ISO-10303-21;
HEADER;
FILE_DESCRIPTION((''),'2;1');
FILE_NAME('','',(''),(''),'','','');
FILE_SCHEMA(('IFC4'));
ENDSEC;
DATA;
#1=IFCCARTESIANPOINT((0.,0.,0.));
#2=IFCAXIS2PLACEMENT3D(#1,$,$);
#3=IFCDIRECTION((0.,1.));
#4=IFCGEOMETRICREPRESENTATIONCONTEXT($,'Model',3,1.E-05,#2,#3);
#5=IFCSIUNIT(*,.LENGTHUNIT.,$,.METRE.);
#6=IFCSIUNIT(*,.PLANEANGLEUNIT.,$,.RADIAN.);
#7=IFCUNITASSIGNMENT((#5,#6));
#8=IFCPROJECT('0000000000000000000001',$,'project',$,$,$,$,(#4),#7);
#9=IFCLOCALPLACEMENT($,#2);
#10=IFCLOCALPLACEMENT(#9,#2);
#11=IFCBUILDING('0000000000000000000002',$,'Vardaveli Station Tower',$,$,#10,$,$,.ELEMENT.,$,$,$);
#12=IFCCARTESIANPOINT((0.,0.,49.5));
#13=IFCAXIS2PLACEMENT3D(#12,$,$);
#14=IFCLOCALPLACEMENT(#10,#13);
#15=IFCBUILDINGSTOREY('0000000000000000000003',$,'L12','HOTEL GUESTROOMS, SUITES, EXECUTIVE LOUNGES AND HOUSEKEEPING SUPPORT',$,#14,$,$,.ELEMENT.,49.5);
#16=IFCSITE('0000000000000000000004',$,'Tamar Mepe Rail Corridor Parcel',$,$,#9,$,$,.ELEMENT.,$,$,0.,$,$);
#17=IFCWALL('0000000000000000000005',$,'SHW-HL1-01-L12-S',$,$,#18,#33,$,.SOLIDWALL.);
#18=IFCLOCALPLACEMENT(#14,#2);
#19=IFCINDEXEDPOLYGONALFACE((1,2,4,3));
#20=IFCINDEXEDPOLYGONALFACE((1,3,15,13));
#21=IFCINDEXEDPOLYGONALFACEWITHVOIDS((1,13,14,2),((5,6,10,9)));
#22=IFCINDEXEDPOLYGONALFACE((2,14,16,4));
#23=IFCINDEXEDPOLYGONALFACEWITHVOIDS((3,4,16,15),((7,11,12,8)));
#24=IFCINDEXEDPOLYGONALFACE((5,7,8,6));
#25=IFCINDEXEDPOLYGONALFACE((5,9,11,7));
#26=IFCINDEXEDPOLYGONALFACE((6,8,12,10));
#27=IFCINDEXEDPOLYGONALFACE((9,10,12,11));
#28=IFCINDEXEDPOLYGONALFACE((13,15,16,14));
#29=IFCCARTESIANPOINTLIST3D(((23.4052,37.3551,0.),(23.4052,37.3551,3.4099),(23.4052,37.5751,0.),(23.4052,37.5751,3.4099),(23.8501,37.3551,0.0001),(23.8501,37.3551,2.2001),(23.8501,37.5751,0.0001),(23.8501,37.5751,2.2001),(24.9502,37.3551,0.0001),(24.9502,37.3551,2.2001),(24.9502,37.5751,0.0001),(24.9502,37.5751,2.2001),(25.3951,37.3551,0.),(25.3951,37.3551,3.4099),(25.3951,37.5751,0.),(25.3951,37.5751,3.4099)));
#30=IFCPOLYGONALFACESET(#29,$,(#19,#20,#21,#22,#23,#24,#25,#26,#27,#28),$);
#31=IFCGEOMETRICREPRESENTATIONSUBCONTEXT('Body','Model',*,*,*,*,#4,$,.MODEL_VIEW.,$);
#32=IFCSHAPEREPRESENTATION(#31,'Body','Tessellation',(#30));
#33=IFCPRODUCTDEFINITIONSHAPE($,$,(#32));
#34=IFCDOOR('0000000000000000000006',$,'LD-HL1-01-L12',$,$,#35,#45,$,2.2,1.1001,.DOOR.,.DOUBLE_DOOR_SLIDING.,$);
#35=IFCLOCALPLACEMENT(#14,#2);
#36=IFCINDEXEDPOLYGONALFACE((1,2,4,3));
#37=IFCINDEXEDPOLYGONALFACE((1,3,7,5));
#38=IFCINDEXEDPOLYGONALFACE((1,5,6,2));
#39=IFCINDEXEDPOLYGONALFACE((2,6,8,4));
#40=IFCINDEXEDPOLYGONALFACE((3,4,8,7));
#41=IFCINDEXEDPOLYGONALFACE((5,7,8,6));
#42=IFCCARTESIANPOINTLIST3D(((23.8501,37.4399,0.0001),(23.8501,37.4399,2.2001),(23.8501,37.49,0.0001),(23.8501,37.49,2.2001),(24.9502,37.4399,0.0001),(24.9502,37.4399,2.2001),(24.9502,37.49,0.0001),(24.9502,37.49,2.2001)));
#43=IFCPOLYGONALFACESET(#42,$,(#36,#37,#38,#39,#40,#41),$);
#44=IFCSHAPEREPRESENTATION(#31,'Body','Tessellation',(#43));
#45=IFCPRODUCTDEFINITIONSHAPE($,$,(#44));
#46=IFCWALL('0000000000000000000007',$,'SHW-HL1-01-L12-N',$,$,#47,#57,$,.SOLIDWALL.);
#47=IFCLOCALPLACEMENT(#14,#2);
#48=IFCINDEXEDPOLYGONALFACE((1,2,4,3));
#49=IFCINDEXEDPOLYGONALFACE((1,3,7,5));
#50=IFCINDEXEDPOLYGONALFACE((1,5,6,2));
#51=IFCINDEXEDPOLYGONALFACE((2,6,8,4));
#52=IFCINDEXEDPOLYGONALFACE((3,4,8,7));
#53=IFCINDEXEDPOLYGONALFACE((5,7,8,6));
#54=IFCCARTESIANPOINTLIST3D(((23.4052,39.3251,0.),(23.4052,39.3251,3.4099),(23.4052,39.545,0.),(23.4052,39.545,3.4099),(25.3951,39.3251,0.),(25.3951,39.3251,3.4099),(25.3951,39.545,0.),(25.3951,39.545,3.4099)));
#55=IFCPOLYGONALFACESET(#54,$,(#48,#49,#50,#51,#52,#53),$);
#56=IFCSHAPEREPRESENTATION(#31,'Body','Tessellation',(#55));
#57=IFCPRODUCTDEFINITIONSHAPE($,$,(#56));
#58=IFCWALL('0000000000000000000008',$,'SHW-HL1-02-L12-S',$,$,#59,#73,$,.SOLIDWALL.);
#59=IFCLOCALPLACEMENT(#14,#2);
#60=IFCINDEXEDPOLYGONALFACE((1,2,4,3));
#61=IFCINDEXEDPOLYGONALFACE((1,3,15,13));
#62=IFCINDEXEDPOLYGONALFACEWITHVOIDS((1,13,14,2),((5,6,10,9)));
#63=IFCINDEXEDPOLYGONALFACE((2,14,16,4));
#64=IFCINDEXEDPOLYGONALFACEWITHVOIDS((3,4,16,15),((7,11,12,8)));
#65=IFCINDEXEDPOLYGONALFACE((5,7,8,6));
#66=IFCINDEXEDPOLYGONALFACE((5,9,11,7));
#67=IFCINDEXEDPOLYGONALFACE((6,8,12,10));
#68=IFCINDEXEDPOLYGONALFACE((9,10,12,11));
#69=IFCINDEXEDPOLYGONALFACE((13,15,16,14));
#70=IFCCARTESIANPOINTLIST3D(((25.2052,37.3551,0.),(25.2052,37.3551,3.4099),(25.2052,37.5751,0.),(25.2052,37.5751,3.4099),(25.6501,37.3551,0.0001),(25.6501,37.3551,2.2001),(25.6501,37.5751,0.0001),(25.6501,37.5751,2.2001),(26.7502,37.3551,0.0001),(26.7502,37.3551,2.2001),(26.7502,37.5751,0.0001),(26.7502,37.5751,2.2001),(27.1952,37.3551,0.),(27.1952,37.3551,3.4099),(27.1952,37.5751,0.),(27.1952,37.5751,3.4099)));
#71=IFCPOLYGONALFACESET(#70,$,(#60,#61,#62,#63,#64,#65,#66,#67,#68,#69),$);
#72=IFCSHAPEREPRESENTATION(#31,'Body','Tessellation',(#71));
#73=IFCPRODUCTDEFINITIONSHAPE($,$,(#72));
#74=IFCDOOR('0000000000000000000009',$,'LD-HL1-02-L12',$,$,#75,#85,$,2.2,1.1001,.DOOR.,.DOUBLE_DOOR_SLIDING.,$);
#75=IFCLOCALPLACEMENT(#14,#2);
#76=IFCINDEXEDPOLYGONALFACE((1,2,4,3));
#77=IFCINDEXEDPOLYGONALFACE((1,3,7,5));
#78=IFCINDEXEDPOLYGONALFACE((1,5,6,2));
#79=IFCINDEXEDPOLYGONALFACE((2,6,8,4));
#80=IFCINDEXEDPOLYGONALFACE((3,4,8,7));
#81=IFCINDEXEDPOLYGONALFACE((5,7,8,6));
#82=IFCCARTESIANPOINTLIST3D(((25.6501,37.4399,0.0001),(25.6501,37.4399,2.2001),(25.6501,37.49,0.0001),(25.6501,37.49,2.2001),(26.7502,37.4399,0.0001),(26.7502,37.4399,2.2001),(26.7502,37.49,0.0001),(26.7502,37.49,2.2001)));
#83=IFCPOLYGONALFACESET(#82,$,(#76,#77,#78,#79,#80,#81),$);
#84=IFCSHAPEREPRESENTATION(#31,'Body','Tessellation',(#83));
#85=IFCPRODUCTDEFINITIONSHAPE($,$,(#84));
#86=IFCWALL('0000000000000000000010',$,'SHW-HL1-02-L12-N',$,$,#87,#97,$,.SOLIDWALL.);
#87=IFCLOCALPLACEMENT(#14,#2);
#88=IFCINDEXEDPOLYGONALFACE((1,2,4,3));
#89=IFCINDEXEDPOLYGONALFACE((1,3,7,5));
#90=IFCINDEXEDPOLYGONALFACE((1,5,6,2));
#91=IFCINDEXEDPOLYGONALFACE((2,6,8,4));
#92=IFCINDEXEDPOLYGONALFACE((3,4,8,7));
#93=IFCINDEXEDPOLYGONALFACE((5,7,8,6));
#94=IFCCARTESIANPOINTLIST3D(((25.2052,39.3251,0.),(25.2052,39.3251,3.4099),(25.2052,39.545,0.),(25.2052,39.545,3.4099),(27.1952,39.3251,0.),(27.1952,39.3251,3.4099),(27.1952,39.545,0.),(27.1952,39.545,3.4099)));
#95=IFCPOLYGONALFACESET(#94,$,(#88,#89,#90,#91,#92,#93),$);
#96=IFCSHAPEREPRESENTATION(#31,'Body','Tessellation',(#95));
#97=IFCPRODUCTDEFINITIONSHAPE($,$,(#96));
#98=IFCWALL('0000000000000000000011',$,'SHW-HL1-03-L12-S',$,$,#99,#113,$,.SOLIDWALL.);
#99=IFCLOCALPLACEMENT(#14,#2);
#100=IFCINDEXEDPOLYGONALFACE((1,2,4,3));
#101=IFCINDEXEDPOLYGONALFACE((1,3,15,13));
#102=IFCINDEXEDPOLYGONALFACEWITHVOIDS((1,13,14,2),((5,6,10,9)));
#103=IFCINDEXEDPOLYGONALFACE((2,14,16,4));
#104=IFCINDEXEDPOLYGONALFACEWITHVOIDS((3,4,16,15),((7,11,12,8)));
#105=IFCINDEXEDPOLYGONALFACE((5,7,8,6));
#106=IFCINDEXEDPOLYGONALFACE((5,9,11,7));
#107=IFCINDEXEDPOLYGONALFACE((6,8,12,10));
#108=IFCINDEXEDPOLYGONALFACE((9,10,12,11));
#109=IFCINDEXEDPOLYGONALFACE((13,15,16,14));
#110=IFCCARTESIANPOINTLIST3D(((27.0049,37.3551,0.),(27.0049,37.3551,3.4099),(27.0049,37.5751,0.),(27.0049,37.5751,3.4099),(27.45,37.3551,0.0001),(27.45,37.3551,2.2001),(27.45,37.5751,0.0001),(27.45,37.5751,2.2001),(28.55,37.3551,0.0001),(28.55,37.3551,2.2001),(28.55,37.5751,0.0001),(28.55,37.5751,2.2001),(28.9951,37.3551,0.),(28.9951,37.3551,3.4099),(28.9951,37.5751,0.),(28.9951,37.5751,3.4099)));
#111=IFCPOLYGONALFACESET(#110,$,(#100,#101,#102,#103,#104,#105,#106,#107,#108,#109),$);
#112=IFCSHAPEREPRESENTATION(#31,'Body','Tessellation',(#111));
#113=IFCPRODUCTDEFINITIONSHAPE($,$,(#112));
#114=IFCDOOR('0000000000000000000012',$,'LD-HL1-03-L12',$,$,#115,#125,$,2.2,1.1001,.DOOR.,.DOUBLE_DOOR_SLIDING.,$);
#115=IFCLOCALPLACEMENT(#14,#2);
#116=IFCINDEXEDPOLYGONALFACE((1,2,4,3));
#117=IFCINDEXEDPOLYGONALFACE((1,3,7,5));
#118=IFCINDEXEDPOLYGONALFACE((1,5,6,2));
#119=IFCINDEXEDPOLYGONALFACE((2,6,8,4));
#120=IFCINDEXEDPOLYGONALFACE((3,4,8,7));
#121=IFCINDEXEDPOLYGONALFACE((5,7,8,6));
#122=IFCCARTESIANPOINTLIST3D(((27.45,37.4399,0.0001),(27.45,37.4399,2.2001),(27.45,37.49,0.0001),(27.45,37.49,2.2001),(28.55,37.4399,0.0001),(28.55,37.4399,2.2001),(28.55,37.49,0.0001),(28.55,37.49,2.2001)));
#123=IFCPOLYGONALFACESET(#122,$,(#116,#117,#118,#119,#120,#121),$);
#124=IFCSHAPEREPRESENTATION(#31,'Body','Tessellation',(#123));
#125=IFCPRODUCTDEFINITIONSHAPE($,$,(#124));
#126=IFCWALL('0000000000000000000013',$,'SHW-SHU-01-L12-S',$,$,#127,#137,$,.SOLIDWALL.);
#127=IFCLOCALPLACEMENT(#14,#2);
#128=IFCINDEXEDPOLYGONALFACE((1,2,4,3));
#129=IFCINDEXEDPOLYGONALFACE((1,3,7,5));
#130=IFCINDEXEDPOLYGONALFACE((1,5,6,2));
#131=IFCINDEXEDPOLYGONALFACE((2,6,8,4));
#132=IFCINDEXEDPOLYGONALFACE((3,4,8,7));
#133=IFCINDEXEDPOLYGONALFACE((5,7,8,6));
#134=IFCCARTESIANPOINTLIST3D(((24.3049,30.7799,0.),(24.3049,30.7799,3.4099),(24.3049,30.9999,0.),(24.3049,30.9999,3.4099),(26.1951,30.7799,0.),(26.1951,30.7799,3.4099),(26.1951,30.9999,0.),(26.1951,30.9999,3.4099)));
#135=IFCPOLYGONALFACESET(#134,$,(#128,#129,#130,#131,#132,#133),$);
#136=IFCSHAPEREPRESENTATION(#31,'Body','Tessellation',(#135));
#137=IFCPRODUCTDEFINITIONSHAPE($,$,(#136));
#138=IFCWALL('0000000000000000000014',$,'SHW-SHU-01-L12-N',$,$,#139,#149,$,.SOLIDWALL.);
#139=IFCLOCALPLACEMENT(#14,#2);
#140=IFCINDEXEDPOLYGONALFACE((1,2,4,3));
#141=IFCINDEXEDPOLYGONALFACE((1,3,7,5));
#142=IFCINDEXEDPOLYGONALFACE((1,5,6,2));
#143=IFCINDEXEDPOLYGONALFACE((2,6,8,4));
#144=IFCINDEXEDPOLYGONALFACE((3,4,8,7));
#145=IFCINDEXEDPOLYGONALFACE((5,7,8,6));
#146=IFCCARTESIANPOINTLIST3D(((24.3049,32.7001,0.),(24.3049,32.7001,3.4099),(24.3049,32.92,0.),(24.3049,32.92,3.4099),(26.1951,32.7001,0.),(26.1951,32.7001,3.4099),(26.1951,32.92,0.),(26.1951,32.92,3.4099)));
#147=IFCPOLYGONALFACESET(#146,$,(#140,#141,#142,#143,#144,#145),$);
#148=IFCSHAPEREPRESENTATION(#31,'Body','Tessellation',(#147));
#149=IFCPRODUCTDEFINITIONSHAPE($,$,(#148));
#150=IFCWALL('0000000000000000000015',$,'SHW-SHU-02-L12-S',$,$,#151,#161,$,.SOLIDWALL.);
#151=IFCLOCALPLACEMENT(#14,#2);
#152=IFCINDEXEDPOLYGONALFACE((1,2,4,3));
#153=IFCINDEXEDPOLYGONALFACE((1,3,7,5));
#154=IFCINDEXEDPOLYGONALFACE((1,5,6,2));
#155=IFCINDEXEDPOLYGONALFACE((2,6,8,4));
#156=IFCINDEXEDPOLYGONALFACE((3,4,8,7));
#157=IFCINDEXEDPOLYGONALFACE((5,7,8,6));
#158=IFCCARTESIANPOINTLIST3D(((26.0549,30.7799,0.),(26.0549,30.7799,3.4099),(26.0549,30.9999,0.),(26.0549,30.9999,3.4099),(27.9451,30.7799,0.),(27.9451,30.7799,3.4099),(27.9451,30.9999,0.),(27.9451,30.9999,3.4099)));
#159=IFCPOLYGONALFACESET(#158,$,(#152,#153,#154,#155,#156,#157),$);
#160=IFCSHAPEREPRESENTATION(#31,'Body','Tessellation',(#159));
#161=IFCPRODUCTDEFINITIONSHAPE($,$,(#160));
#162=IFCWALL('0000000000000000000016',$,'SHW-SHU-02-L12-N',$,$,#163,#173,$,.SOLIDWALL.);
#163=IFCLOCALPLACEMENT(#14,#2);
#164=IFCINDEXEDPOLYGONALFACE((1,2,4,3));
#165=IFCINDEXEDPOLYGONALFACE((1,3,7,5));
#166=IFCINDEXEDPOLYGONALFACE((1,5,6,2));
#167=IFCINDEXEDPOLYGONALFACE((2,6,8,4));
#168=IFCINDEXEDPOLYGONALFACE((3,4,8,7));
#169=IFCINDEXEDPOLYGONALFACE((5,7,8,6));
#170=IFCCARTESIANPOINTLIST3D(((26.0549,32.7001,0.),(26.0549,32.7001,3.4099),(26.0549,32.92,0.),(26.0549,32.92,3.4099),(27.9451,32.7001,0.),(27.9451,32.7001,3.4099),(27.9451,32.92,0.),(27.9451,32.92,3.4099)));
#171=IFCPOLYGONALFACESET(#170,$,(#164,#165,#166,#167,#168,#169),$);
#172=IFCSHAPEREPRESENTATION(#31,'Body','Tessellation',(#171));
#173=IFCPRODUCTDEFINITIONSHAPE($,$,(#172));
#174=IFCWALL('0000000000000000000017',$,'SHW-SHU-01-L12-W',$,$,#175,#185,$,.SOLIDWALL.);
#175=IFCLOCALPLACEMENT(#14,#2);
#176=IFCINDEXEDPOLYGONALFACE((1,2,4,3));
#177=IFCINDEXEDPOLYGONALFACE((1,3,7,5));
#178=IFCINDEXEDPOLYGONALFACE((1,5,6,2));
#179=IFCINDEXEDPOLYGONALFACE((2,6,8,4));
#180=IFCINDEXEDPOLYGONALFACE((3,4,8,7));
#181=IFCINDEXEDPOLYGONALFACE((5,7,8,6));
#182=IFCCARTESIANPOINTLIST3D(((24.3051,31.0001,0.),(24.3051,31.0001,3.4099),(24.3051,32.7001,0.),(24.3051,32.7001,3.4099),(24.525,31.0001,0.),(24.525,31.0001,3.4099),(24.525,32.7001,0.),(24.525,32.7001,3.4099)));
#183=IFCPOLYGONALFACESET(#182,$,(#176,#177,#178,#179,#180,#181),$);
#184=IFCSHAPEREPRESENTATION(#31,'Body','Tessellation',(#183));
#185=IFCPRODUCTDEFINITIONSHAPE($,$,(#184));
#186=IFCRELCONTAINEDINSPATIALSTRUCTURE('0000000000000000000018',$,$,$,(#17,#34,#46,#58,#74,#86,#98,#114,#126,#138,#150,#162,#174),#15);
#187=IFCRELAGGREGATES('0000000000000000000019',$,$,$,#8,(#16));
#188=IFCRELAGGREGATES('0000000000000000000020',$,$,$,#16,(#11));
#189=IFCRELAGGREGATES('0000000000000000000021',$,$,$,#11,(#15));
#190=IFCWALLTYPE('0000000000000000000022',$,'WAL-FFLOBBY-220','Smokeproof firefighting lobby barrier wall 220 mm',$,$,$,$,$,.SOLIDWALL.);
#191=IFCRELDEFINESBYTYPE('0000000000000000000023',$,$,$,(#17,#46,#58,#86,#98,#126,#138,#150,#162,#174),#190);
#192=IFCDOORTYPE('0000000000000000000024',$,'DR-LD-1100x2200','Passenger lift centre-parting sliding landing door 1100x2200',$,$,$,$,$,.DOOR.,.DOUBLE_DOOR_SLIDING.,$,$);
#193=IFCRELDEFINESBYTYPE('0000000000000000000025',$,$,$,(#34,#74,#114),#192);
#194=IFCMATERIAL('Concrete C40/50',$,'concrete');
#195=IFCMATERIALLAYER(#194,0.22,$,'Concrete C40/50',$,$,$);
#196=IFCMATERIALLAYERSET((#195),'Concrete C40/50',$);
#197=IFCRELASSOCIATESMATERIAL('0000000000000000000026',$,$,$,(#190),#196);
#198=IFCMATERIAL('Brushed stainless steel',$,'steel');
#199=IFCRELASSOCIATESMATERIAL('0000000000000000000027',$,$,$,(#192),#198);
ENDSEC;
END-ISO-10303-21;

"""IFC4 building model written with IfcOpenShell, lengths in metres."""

from ifc_helpers import new_model, si_unit, direction, frame, frame_2d, origin, place, context, subcontext, project, spatial, rectangle, extrude, source, transform, mapped, material, layer, layer_set, type_object, element, fill, save


model = new_model("IFC4")

# Units and contexts
model_context = context("Model", 3, precision=1e-05, world=origin(), true_north=direction((0.0, 1.0)))
body_context = subcontext(model_context, "Body", "Model", "MODEL_VIEW")
ifc_project = project(units=[si_unit("LENGTHUNIT", "METRE"), si_unit("PLANEANGLEUNIT", "RADIAN")], contexts=[model_context])

# Site, building, storey
site_placement = place(None, origin())
site = spatial("IfcSite", under=ifc_project, at=site_placement, Name="Tamar Mepe Rail Corridor Parcel", CompositionType="ELEMENT", RefElevation=0.0)
building_placement = place(site_placement, origin())
building = spatial("IfcBuilding", under=site, at=building_placement, Name="Vardaveli Station Tower", CompositionType="ELEMENT")
storey_placement = place(building_placement, frame((0.0, 0.0, 49.5)))
storey = spatial("IfcBuildingStorey", under=building, at=storey_placement, Name="L12", Description="HOTEL GUESTROOMS, SUITES, EXECUTIVE LOUNGES AND HOUSEKEEPING SUPPORT", CompositionType="ELEMENT", Elevation=49.5)

# Shared definitions
ifc_material_1 = material(Name="Concrete C40/50", Category="concrete")
ifc_layer_1 = layer(ifc_material_1, 0.22, Name="Concrete C40/50")
ifc_layer_set_1 = layer_set([ifc_layer_1], Name="Concrete C40/50")
wall_type_1 = type_object("IfcWallType", Name="WAL-FFLOBBY-220", Description="Smokeproof firefighting lobby barrier wall 220 mm", PredefinedType="SOLIDWALL", material=ifc_layer_set_1)

# Wall, opening, door
shared_shape_1 = source(origin(), body_context, "Body", "SweptSolid", [
    extrude(rectangle(XDim=1.99, YDim=0.22, at=frame_2d((0.9951, 0.0))), origin(), (0.0, 0.0, 1.0), 3.4099),
])
wall_1_placement = place(storey_placement, frame((23.405, 37.4651, 0.0), z_axis=(0.0, 0.0, 1.0), x_axis=(1.0, 0.0, 0.0)))
wall_1 = element("IfcWall", 1, at=wall_1_placement, inside=storey, type_object=wall_type_1, Name="SHW-HL1-01-L12-S", PredefinedType="SOLIDWALL", context=body_context, shape_type="MappedRepresentation", body=[
    mapped(shared_shape_1, transform((0.0, 0.0, 0.0), scale=1.0)),
])
shared_shape_2 = source(origin(), body_context, "Body", "SweptSolid", [
    extrude(rectangle(XDim=1.1001, YDim=2.2, at=frame_2d((0.55, 1.1001))), frame((0.0, 0.1201, 0.0), z_axis=(0.0, -1.0, 0.0), x_axis=(1.0, 0.0, 0.0)), (0.0, 0.0, 1.0), 0.24),
])
opening_1_placement = place(wall_1_placement, frame((0.4451, 0.0, 0.0)))
opening_1 = element("IfcOpeningElement", 2, at=opening_1_placement, cuts=wall_1, PredefinedType="OPENING", context=body_context, shape_type="MappedRepresentation", body=[
    mapped(shared_shape_2, transform((0.0, 0.0, 0.0), scale=1.0)),
])
ifc_material_2 = material(Name="Brushed stainless steel", Category="steel")
door_type = type_object("IfcDoorType", Name="DR-LD-1100x2200", Description="Passenger lift centre-parting sliding landing door 1100x2200", OperationType="DOUBLE_DOOR_SLIDING", PredefinedType="DOOR", material=ifc_material_2)
shared_shape_3 = source(origin(), body_context, "Body", "SweptSolid", [
    extrude(rectangle(XDim=1.1001, YDim=2.2, at=frame_2d((0.55, 1.1001))), frame((0.0, 0.0249, 0.0), z_axis=(0.0, -1.0, 0.0), x_axis=(1.0, 0.0, 0.0)), (0.0, 0.0, 1.0), 0.05),
])
door_1_placement = place(opening_1_placement, origin())
door_1 = element("IfcDoor", 3, at=door_1_placement, inside=storey, type_object=door_type, Name="LD-HL1-01-L12", OperationType="DOUBLE_DOOR_SLIDING", OverallHeight=2.2, OverallWidth=1.1001, PredefinedType="DOOR", context=body_context, shape_type="MappedRepresentation", body=[
    mapped(shared_shape_3, transform((0.0, 0.0, 0.0), scale=1.0)),
])
fill(opening_1, door_1)

# Wall
wall_2_placement = place(storey_placement, frame((23.405, 39.4351, 0.0), z_axis=(0.0, 0.0, 1.0), x_axis=(1.0, 0.0, 0.0)))
element("IfcWall", 4, at=wall_2_placement, inside=storey, type_object=wall_type_1, Name="SHW-HL1-01-L12-N", PredefinedType="SOLIDWALL", context=body_context, shape_type="MappedRepresentation", body=[
    mapped(shared_shape_1, transform((0.0, 0.0, 0.0), scale=1.0)),
])

# Wall, opening, door
wall_3_placement = place(storey_placement, frame((25.2051, 37.4651, 0.0), z_axis=(0.0, 0.0, 1.0), x_axis=(1.0, 0.0, 0.0)))
wall_3 = element("IfcWall", 5, at=wall_3_placement, inside=storey, type_object=wall_type_1, Name="SHW-HL1-02-L12-S", PredefinedType="SOLIDWALL", context=body_context, shape_type="MappedRepresentation", body=[
    mapped(shared_shape_1, transform((0.0, 0.0, 0.0), scale=1.0)),
])
opening_2_placement = place(wall_3_placement, frame((0.4451, 0.0, 0.0)))
opening_2 = element("IfcOpeningElement", 6, at=opening_2_placement, cuts=wall_3, PredefinedType="OPENING", context=body_context, shape_type="MappedRepresentation", body=[
    mapped(shared_shape_2, transform((0.0, 0.0, 0.0), scale=1.0)),
])
door_2_placement = place(opening_2_placement, origin())
door_2 = element("IfcDoor", 7, at=door_2_placement, inside=storey, type_object=door_type, Name="LD-HL1-02-L12", OperationType="DOUBLE_DOOR_SLIDING", OverallHeight=2.2, OverallWidth=1.1001, PredefinedType="DOOR", context=body_context, shape_type="MappedRepresentation", body=[
    mapped(shared_shape_3, transform((0.0, 0.0, 0.0), scale=1.0)),
])
fill(opening_2, door_2)

# Wall
wall_4_placement = place(storey_placement, frame((25.2051, 39.4351, 0.0), z_axis=(0.0, 0.0, 1.0), x_axis=(1.0, 0.0, 0.0)))
element("IfcWall", 8, at=wall_4_placement, inside=storey, type_object=wall_type_1, Name="SHW-HL1-02-L12-N", PredefinedType="SOLIDWALL", context=body_context, shape_type="MappedRepresentation", body=[
    mapped(shared_shape_1, transform((0.0, 0.0, 0.0), scale=1.0)),
])

# Wall, opening, door
shared_shape_4 = source(origin(), body_context, "Body", "SweptSolid", [
    extrude(rectangle(XDim=1.9902, YDim=0.22, at=frame_2d((0.9951, 0.0))), origin(), (0.0, 0.0, 1.0), 3.4099),
])
wall_5_placement = place(storey_placement, frame((27.0049, 37.4651, 0.0), z_axis=(0.0, 0.0, 1.0), x_axis=(1.0, 0.0, 0.0)))
wall_5 = element("IfcWall", 9, at=wall_5_placement, inside=storey, type_object=wall_type_1, Name="SHW-HL1-03-L12-S", PredefinedType="SOLIDWALL", context=body_context, shape_type="MappedRepresentation", body=[
    mapped(shared_shape_4, transform((0.0, 0.0, 0.0), scale=1.0)),
])
opening_3_placement = place(wall_5_placement, frame((0.4451, 0.0, 0.0)))
opening_3 = element("IfcOpeningElement", 10, at=opening_3_placement, cuts=wall_5, PredefinedType="OPENING", context=body_context, shape_type="MappedRepresentation", body=[
    mapped(shared_shape_2, transform((0.0, 0.0, 0.0), scale=1.0)),
])
door_3_placement = place(opening_3_placement, origin())
door_3 = element("IfcDoor", 11, at=door_3_placement, inside=storey, type_object=door_type, Name="LD-HL1-03-L12", OperationType="DOUBLE_DOOR_SLIDING", OverallHeight=2.2, OverallWidth=1.1001, PredefinedType="DOOR", context=body_context, shape_type="MappedRepresentation", body=[
    mapped(shared_shape_3, transform((0.0, 0.0, 0.0), scale=1.0)),
])
fill(opening_3, door_3)

# Walls
shared_shape_5 = source(origin(), body_context, "Body", "SweptSolid", [
    extrude(rectangle(XDim=1.8901, YDim=0.22, at=frame_2d((0.9451, 0.0))), origin(), (0.0, 0.0, 1.0), 3.4099),
])
for number, where, z_axis, x_axis, name in (
    (12, (24.3049, 30.8899, 0.0), (0.0, 0.0, 1.0), (1.0, 0.0, 0.0), "SHW-SHU-01-L12-S"),
    (13, (24.3049, 32.8101, 0.0), (0.0, 0.0, 1.0), (1.0, 0.0, 0.0), "SHW-SHU-01-L12-N"),
    (14, (26.0549, 30.8899, 0.0), (0.0, 0.0, 1.0), (1.0, 0.0, 0.0), "SHW-SHU-02-L12-S"),
    (15, (26.0549, 32.8101, 0.0), (0.0, 0.0, 1.0), (1.0, 0.0, 0.0), "SHW-SHU-02-L12-N"),
):
    element("IfcWall", number, at=place(storey_placement, frame(where, z_axis=z_axis, x_axis=x_axis)), inside=storey, type_object=wall_type_1, Name=name, PredefinedType="SOLIDWALL", context=body_context, shape_type="MappedRepresentation", body=[
        mapped(shared_shape_5, transform((0.0, 0.0, 0.0), scale=1.0)),
    ])
shared_shape_6 = source(origin(), body_context, "Body", "SweptSolid", [
    extrude(rectangle(XDim=1.7, YDim=0.22, at=frame_2d((0.8501, 0.0))), origin(), (0.0, 0.0, 1.0), 3.4099),
])
for number, where, z_axis, x_axis, name in (
    (16, (24.415, 31.0, 0.0), (0.0, 0.0, 1.0), (0.0, 1.0, 0.0), "SHW-SHU-01-L12-W"),
):
    element("IfcWall", number, at=place(storey_placement, frame(where, z_axis=z_axis, x_axis=x_axis)), inside=storey, type_object=wall_type_1, Name=name, PredefinedType="SOLIDWALL", context=body_context, shape_type="MappedRepresentation", body=[
        mapped(shared_shape_6, transform((0.0, 0.0, 0.0), scale=1.0)),
    ])

save(model, "model.ifc")
